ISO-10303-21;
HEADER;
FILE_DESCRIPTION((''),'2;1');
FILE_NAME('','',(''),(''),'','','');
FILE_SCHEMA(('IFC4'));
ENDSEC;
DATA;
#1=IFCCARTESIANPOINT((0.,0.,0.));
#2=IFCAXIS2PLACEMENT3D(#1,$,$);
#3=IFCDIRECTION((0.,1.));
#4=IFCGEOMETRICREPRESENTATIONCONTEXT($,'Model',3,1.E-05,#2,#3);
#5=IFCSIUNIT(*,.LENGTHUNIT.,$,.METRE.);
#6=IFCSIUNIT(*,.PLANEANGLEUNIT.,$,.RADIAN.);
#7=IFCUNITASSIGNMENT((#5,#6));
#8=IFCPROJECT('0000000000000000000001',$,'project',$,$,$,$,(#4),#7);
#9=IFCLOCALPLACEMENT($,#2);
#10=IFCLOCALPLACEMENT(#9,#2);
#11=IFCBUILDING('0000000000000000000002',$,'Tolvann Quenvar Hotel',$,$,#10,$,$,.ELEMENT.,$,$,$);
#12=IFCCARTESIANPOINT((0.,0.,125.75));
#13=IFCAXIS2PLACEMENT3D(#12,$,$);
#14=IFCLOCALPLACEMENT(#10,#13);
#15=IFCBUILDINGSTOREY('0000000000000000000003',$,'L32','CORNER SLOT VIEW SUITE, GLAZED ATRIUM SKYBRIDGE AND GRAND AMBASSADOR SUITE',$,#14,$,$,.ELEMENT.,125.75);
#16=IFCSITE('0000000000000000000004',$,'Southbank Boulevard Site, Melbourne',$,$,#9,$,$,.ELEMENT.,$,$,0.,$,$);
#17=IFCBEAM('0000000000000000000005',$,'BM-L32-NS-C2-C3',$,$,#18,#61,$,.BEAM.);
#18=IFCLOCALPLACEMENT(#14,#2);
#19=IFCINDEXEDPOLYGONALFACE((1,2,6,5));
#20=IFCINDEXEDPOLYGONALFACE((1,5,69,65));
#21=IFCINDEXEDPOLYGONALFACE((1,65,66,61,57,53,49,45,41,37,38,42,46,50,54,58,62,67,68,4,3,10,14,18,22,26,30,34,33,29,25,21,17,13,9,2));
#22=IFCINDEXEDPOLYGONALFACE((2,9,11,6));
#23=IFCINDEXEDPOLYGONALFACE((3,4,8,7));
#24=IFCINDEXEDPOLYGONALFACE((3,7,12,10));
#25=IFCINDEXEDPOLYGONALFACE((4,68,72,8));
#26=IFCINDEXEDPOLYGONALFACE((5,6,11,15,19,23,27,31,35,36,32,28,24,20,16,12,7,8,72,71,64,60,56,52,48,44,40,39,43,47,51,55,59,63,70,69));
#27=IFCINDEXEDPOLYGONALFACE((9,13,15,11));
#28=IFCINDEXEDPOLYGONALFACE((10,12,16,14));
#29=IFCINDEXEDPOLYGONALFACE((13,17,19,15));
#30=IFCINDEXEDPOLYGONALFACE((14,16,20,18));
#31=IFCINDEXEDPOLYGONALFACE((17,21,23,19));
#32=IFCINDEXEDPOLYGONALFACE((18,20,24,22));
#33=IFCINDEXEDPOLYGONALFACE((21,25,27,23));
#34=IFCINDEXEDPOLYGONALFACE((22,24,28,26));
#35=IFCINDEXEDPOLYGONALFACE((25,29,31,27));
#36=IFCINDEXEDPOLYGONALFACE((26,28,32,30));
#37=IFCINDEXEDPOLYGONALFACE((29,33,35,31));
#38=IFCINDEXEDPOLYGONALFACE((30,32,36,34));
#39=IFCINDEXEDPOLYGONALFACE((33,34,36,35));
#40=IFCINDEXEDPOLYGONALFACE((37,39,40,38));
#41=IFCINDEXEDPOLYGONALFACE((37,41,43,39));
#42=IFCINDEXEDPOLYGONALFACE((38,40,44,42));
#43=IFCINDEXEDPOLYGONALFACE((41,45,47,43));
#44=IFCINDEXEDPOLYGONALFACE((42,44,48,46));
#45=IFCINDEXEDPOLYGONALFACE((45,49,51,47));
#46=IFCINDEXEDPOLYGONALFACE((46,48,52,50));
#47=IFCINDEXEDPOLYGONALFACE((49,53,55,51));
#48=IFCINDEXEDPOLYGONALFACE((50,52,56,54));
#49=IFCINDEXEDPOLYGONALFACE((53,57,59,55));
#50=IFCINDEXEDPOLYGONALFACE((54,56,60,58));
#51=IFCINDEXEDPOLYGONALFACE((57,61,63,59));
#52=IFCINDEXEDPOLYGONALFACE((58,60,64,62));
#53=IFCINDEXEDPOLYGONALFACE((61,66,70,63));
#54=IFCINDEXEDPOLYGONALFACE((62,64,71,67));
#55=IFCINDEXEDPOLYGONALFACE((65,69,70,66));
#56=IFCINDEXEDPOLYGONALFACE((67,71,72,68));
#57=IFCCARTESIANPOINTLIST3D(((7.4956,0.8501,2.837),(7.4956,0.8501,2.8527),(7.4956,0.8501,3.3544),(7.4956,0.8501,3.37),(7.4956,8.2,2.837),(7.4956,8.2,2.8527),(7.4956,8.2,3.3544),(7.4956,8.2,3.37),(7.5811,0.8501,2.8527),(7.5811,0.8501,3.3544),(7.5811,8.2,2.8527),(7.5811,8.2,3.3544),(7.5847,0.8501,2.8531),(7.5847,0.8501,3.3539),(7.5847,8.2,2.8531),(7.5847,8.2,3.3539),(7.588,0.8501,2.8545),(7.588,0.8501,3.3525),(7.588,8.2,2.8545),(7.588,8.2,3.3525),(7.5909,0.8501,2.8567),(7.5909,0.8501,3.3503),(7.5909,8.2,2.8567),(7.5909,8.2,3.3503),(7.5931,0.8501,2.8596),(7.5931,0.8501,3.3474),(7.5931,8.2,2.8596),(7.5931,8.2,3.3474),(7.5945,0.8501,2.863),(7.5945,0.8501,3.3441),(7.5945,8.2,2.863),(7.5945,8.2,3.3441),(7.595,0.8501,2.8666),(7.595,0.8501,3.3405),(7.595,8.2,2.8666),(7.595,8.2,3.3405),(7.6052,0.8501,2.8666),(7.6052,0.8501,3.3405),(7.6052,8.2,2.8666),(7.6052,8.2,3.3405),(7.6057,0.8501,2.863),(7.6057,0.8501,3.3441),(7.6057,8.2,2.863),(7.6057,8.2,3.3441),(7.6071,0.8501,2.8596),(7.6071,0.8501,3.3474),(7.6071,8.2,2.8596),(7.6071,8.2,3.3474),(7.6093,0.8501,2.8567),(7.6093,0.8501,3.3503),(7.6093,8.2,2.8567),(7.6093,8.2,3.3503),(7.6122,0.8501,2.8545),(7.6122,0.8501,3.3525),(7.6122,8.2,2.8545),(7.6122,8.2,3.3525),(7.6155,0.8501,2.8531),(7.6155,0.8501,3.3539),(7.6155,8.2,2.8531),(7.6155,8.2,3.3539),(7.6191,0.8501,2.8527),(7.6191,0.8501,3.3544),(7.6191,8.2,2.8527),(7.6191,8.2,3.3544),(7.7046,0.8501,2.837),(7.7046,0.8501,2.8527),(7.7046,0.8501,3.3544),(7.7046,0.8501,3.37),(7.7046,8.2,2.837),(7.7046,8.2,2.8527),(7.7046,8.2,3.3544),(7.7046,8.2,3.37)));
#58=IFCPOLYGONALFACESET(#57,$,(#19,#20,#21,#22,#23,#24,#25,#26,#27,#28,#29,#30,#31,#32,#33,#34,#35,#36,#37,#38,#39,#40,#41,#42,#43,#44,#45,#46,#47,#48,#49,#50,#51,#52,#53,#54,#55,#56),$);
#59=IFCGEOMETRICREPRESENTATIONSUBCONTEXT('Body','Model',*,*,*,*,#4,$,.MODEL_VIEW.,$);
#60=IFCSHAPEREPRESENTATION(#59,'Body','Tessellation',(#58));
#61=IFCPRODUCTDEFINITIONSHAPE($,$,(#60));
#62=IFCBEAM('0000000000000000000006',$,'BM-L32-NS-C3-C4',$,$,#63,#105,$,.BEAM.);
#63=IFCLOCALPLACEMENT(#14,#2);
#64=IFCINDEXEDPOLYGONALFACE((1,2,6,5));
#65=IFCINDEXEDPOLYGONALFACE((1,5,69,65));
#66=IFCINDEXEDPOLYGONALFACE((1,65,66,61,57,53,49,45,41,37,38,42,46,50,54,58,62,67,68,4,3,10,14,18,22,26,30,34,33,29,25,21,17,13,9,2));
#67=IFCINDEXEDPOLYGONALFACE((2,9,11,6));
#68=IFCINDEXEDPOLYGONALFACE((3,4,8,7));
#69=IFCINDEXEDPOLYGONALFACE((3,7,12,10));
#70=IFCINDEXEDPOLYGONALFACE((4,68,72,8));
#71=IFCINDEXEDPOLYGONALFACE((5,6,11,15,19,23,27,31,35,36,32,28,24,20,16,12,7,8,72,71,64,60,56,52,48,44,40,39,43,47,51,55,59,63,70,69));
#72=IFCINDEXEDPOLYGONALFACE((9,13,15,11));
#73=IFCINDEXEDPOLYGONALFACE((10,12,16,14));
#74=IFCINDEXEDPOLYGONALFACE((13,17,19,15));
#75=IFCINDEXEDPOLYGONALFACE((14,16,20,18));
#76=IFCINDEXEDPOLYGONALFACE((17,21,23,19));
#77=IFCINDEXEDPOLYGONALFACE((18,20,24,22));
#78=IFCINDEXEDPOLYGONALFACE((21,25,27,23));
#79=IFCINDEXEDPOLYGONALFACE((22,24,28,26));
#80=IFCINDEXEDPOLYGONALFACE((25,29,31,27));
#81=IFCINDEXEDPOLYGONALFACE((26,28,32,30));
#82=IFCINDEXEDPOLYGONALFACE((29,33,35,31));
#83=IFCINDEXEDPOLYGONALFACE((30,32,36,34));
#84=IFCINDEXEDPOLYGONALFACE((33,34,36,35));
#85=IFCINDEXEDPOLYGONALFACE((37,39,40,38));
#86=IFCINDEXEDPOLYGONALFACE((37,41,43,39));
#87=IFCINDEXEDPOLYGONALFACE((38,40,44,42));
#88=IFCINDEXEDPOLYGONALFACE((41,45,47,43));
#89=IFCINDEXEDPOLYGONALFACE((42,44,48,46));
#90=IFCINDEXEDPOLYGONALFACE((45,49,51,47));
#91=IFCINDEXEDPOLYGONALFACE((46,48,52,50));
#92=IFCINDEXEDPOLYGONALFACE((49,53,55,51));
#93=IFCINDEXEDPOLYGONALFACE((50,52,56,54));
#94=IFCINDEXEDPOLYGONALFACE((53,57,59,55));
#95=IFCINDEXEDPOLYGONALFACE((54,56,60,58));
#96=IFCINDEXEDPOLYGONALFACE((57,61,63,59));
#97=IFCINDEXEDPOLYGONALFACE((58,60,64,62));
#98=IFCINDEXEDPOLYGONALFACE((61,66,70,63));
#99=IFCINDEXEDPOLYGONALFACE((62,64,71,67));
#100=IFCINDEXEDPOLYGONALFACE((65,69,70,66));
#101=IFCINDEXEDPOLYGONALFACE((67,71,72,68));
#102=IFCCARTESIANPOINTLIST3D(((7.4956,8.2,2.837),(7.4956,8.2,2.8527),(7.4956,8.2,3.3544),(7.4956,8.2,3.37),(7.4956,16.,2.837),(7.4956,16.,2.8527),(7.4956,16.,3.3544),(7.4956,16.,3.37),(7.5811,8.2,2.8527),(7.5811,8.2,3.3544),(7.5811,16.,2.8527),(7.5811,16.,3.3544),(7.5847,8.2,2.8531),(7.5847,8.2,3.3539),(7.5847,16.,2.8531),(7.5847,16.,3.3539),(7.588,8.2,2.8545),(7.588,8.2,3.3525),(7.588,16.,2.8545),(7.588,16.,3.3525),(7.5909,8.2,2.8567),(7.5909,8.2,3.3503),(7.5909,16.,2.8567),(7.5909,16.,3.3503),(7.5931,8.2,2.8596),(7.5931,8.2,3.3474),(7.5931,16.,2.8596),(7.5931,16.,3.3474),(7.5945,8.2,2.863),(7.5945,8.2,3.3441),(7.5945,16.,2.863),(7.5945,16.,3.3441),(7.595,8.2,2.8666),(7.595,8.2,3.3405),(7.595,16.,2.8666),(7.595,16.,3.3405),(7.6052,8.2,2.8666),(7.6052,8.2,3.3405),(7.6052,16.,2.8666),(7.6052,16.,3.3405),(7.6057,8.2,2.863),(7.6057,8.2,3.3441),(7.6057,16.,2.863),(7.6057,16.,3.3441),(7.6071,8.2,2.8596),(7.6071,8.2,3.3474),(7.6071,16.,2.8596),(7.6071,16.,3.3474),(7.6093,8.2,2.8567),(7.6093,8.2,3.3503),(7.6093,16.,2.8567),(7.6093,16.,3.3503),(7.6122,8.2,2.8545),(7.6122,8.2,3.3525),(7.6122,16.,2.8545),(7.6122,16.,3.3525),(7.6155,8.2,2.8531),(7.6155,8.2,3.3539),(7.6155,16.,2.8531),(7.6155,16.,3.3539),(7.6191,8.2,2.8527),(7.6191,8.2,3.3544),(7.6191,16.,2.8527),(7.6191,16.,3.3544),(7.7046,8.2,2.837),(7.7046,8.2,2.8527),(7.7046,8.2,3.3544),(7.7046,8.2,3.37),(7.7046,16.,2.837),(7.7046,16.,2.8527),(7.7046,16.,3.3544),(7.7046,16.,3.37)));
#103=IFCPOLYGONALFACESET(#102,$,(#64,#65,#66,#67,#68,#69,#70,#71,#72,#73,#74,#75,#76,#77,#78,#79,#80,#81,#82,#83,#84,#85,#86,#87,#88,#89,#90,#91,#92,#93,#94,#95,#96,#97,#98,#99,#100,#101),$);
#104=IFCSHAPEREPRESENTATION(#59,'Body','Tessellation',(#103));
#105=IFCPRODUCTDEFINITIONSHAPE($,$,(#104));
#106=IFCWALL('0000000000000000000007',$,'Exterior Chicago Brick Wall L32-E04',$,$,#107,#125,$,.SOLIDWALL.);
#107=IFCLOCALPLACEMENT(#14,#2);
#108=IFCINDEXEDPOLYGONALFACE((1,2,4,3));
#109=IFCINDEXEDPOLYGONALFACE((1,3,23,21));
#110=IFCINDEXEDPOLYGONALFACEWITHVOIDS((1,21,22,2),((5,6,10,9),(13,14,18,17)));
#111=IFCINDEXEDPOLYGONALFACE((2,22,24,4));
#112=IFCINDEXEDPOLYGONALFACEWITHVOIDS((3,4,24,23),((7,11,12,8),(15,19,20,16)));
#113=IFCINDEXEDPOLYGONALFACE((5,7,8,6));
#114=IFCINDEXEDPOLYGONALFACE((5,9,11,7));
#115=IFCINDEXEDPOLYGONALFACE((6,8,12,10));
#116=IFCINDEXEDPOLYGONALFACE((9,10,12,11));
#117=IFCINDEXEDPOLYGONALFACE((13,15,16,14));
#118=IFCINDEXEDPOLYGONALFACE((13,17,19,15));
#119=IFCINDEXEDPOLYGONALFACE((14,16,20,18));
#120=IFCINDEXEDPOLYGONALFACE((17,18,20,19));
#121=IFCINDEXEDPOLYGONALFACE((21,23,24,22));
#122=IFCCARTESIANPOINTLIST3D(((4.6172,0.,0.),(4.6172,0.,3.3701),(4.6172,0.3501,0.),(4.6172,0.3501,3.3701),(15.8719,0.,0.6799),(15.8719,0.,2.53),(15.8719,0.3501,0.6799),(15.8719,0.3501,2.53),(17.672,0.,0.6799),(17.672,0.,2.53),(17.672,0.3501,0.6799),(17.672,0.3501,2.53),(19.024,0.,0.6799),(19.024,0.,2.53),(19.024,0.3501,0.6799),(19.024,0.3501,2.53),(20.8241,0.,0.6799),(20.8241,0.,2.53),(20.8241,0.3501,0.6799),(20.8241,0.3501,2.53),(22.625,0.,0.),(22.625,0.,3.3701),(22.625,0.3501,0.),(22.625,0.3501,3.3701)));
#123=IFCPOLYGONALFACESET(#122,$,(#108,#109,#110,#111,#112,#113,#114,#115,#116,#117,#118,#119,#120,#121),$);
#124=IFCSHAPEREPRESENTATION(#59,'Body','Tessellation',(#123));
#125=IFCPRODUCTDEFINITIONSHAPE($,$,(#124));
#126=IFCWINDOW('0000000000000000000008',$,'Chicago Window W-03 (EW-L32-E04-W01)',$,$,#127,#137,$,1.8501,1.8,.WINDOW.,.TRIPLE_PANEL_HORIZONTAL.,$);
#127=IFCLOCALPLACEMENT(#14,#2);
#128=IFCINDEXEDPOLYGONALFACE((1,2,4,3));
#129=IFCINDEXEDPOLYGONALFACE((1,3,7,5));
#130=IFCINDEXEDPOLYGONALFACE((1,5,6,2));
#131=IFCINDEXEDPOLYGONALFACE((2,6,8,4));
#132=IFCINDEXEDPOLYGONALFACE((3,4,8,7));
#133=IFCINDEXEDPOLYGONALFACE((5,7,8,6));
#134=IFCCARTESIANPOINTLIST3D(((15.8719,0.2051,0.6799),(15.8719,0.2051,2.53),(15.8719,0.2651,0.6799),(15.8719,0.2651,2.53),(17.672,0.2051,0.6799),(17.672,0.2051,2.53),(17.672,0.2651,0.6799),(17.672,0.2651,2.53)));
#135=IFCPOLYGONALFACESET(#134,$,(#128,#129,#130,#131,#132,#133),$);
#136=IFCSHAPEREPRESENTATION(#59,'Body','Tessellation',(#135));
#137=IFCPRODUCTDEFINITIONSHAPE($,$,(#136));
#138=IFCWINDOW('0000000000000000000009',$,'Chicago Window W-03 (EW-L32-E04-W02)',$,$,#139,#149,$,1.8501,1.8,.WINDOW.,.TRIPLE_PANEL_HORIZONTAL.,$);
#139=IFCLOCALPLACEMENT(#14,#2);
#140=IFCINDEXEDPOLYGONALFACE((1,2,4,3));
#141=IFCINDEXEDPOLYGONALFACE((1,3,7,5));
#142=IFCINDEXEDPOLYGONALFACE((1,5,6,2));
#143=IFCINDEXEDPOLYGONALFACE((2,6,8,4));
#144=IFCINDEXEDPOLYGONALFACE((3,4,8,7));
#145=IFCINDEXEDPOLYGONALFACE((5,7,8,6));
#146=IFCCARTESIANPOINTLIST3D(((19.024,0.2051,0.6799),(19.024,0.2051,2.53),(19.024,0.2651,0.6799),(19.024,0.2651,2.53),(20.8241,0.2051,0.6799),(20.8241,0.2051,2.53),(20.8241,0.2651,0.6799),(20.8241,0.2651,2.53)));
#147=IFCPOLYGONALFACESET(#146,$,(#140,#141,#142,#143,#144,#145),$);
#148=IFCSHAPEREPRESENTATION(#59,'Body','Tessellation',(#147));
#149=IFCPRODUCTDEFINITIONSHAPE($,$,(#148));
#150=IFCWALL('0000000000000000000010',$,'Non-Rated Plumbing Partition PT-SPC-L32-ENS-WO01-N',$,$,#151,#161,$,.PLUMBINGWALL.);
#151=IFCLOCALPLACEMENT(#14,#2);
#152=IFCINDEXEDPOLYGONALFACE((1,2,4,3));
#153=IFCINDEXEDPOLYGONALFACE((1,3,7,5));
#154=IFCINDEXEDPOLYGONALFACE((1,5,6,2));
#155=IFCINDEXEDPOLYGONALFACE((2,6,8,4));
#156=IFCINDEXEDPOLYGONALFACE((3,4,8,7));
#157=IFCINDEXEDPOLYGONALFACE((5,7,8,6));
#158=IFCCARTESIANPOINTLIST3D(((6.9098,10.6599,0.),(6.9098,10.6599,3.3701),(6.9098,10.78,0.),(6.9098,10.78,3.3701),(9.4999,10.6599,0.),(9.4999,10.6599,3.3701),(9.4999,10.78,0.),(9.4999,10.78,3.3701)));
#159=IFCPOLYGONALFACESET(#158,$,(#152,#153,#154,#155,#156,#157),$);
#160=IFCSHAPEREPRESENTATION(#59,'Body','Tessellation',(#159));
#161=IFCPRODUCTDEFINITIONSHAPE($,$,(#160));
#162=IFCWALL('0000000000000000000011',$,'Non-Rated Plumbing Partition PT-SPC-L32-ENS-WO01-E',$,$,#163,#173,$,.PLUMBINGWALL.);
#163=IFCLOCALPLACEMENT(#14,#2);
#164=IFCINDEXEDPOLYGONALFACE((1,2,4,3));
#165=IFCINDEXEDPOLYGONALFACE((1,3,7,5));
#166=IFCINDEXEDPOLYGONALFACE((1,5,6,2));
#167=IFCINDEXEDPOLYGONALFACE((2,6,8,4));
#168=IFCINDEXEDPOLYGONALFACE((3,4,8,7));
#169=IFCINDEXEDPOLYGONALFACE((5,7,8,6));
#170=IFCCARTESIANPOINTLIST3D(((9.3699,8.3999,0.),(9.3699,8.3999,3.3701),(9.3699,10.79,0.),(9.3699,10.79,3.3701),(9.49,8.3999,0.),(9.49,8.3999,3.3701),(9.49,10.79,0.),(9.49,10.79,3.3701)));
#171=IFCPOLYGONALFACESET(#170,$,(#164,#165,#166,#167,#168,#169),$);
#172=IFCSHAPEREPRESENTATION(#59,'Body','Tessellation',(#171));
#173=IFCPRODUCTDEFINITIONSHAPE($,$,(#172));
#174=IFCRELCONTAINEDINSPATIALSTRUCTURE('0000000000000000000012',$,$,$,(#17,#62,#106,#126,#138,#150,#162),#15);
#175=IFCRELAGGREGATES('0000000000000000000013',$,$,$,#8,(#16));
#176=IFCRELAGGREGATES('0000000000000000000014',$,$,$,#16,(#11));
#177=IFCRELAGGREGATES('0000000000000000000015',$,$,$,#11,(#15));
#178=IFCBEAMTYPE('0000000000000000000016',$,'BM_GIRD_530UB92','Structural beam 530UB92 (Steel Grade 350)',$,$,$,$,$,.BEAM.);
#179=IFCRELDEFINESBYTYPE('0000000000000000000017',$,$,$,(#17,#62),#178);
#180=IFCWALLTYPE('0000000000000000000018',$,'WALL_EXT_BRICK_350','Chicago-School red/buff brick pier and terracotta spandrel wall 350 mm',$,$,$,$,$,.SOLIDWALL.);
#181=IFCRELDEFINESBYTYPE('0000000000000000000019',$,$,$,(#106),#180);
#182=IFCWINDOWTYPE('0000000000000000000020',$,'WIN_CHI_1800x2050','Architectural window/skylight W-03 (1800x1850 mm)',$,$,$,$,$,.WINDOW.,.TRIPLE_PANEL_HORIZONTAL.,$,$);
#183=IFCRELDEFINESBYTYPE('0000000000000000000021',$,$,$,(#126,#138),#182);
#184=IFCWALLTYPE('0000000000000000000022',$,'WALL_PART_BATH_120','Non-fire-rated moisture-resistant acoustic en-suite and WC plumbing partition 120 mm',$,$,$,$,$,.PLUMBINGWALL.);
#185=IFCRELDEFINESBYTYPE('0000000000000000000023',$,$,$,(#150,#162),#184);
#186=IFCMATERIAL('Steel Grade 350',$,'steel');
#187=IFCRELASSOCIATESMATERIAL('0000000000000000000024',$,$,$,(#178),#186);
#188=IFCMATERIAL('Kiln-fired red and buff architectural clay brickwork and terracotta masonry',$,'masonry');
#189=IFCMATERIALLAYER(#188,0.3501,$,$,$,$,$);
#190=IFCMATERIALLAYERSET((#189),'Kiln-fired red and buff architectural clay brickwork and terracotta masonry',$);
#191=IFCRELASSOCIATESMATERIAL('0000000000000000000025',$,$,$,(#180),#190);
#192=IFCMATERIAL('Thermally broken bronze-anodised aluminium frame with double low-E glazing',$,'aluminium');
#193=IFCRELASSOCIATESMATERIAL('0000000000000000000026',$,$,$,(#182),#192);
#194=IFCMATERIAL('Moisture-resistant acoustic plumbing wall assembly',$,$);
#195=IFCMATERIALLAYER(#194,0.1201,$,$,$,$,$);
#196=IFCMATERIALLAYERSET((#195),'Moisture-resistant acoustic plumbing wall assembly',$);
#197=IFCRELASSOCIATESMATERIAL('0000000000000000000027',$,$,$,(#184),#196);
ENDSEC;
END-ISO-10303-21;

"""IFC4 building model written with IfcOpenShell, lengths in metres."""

from ifc_helpers import new_model, si_unit, direction, frame, frame_2d, origin, origin_2d, place, context, subcontext, project, spatial, rectangle, i_section, extrude, source, transform, mapped, material, layer, layer_set, material_profile, profile_set, type_object, type_shapes, element, fill, save


model = new_model("IFC4")

# Units and contexts
model_context = context("Model", 3, precision=1e-05, world=origin(), true_north=direction((0.0, 1.0)))
body_context = subcontext(model_context, "Body", "Model", "MODEL_VIEW")
ifc_project = project(units=[si_unit("LENGTHUNIT", "METRE"), si_unit("PLANEANGLEUNIT", "RADIAN")], contexts=[model_context])

# Site, building, storey
site_placement = place(None, origin())
site = spatial("IfcSite", under=ifc_project, at=site_placement, Name="Southbank Boulevard Site, Melbourne", CompositionType="ELEMENT", RefElevation=0.0)
building_placement = place(site_placement, origin())
building = spatial("IfcBuilding", under=site, at=building_placement, Name="Tolvann Quenvar Hotel", CompositionType="ELEMENT")
storey_placement = place(building_placement, frame((0.0, 0.0, 125.75)))
storey = spatial("IfcBuildingStorey", under=building, at=storey_placement, Name="L32", Description="CORNER SLOT VIEW SUITE, GLAZED ATRIUM SKYBRIDGE AND GRAND AMBASSADOR SUITE", CompositionType="ELEMENT", Elevation=125.75)

# Shared definitions
ifc_material_1 = material(Name="Steel Grade 350", Category="steel")

# Beams
ifc_material_profile_1 = material_profile(ifc_material_1, i_section(OverallWidth=0.209, OverallDepth=0.533, WebThickness=0.0103, FlangeThickness=0.0156, FilletRadius=0.0139, at=origin_2d()), Name="530UB92")
ifc_profile_set_1 = profile_set([ifc_material_profile_1], Name="Steel Grade 350")
beam_type_1 = type_object("IfcBeamType", Name="BM_GIRD_530UB92", Description="Structural beam 530UB92 (Steel Grade 350)", PredefinedType="BEAM", material=ifc_profile_set_1)
shared_shape_1 = source(origin(), body_context, "Body", "SweptSolid", [
    extrude(i_section(OverallWidth=0.209, OverallDepth=0.533, WebThickness=0.0103, FlangeThickness=0.0156, FilletRadius=0.0139, at=origin_2d()), origin(), (0.0, 0.0, 1.0), 7.3499),
])
beam_1_placement = place(storey_placement, frame((7.6001, 0.8501, 3.1035), z_axis=(0.0, 1.0, 0.0), x_axis=(-1.0, 0.0, 0.0)))
element("IfcBeam", 1, at=beam_1_placement, inside=storey, type_object=beam_type_1, Name="BM-L32-NS-C2-C3", PredefinedType="BEAM", context=body_context, shape_type="MappedRepresentation", body=[
    mapped(shared_shape_1, transform((0.0, 0.0, 0.0), x_axis=(1.0, 0.0, 0.0), y_axis=(0.0, 1.0, 0.0), z_axis=(0.0, 0.0, 1.0), scale=1.0)),
])
shared_shape_2 = source(origin(), body_context, "Body", "SweptSolid", [
    extrude(i_section(OverallWidth=0.209, OverallDepth=0.533, WebThickness=0.0103, FlangeThickness=0.0156, FilletRadius=0.0139, at=origin_2d()), origin(), (0.0, 0.0, 1.0), 7.8),
])
type_shapes(beam_type_1, [shared_shape_1, shared_shape_2])
beam_2_placement = place(storey_placement, frame((7.6001, 8.2, 3.1035), z_axis=(0.0, 1.0, 0.0), x_axis=(-1.0, 0.0, 0.0)))
element("IfcBeam", 2, at=beam_2_placement, inside=storey, type_object=beam_type_1, Name="BM-L32-NS-C3-C4", PredefinedType="BEAM", context=body_context, shape_type="MappedRepresentation", body=[
    mapped(shared_shape_2, transform((0.0, 0.0, 0.0), x_axis=(1.0, 0.0, 0.0), y_axis=(0.0, 1.0, 0.0), z_axis=(0.0, 0.0, 1.0), scale=1.0)),
])

# Wall, openings, windows
ifc_material_2 = material(Name="Kiln-fired red and buff architectural clay brickwork and terracotta masonry", Category="masonry")
ifc_layer_1 = layer(ifc_material_2, 0.3501)
ifc_layer_set_1 = layer_set([ifc_layer_1], Name="Kiln-fired red and buff architectural clay brickwork and terracotta masonry")
wall_type_1 = type_object("IfcWallType", Name="WALL_EXT_BRICK_350", Description="Chicago-School red/buff brick pier and terracotta spandrel wall 350 mm", PredefinedType="SOLIDWALL", material=ifc_layer_set_1)
wall_1_placement = place(storey_placement, frame((4.6172, 0.175, 0.0), z_axis=(0.0, 0.0, 1.0), x_axis=(1.0, 0.0, 0.0)))
wall_1 = element("IfcWall", 3, at=wall_1_placement, inside=storey, type_object=wall_type_1, Name="Exterior Chicago Brick Wall L32-E04", PredefinedType="SOLIDWALL", context=body_context, shape_type="SweptSolid", body=[
    extrude(rectangle(XDim=18.0078, YDim=0.3501, at=frame_2d((9.0039, 0.0))), origin(), (0.0, 0.0, 1.0), 3.3701),
])
opening_1_placement = place(wall_1_placement, frame((11.2549, 0.0, 0.6799)))
opening_1 = element("IfcOpeningElement", 4, at=opening_1_placement, cuts=wall_1, PredefinedType="OPENING", context=body_context, shape_type="SweptSolid", body=[
    extrude(rectangle(XDim=1.8, YDim=1.8501, at=frame_2d((0.8999, 0.925))), frame((0.0, 0.1851, 0.0), z_axis=(0.0, -1.0, 0.0), x_axis=(1.0, 0.0, 0.0)), (0.0, 0.0, 1.0), 0.3701),
])
opening_2_placement = place(wall_1_placement, frame((14.407, 0.0, 0.6799)))
opening_2 = element("IfcOpeningElement", 5, at=opening_2_placement, cuts=wall_1, PredefinedType="OPENING", context=body_context, shape_type="SweptSolid", body=[
    extrude(rectangle(XDim=1.8, YDim=1.8501, at=frame_2d((0.8999, 0.925))), frame((0.0, 0.1851, 0.0), z_axis=(0.0, -1.0, 0.0), x_axis=(1.0, 0.0, 0.0)), (0.0, 0.0, 1.0), 0.3701),
])
ifc_material_3 = material(Name="Thermally broken bronze-anodised aluminium frame with double low-E glazing", Category="aluminium")
window_type = type_object("IfcWindowType", Name="WIN_CHI_1800x2050", Description="Architectural window/skylight W-03 (1800x1850 mm)", PartitioningType="TRIPLE_PANEL_HORIZONTAL", PredefinedType="WINDOW", material=ifc_material_3)
shared_shape_3 = source(origin(), body_context, "Body", "SweptSolid", [
    extrude(rectangle(XDim=1.8, YDim=1.8501, at=frame_2d((0.8999, 0.925))), frame((0.0, 0.0901, 0.0), z_axis=(0.0, -1.0, 0.0), x_axis=(1.0, 0.0, 0.0)), (0.0, 0.0, 1.0), 0.0601),
])
type_shapes(window_type, [shared_shape_3])
window_1_placement = place(opening_1_placement, origin())
window_1 = element("IfcWindow", 6, at=window_1_placement, inside=storey, type_object=window_type, Name="Chicago Window W-03 (EW-L32-E04-W01)", OverallHeight=1.8501, OverallWidth=1.8, PartitioningType="TRIPLE_PANEL_HORIZONTAL", PredefinedType="WINDOW", context=body_context, shape_type="MappedRepresentation", body=[
    mapped(shared_shape_3, transform((0.0, 0.0, 0.0), x_axis=(1.0, 0.0, 0.0), y_axis=(0.0, 1.0, 0.0), z_axis=(0.0, 0.0, 1.0), scale=1.0)),
])
fill(opening_1, window_1)
window_2_placement = place(opening_2_placement, origin())
window_2 = element("IfcWindow", 7, at=window_2_placement, inside=storey, type_object=window_type, Name="Chicago Window W-03 (EW-L32-E04-W02)", OverallHeight=1.8501, OverallWidth=1.8, PartitioningType="TRIPLE_PANEL_HORIZONTAL", PredefinedType="WINDOW", context=body_context, shape_type="MappedRepresentation", body=[
    mapped(shared_shape_3, transform((0.0, 0.0, 0.0), x_axis=(1.0, 0.0, 0.0), y_axis=(0.0, 1.0, 0.0), z_axis=(0.0, 0.0, 1.0), scale=1.0)),
])
fill(opening_2, window_2)

# Walls
ifc_material_4 = material(Name="Moisture-resistant acoustic plumbing wall assembly")
ifc_layer_2 = layer(ifc_material_4, 0.1201)
ifc_layer_set_2 = layer_set([ifc_layer_2], Name="Moisture-resistant acoustic plumbing wall assembly")
wall_type_2 = type_object("IfcWallType", Name="WALL_PART_BATH_120", Description="Non-fire-rated moisture-resistant acoustic en-suite and WC plumbing partition 120 mm", PredefinedType="PLUMBINGWALL", material=ifc_layer_set_2)
wall_2_placement = place(storey_placement, frame((6.9099, 10.72, 0.0), z_axis=(0.0, 0.0, 1.0), x_axis=(1.0, 0.0, 0.0)))
element("IfcWall", 8, at=wall_2_placement, inside=storey, type_object=wall_type_2, Name="Non-Rated Plumbing Partition PT-SPC-L32-ENS-WO01-N", PredefinedType="PLUMBINGWALL", context=body_context, shape_type="SweptSolid", body=[
    extrude(rectangle(XDim=2.5901, YDim=0.1201, at=frame_2d((1.2949, 0.0))), origin(), (0.0, 0.0, 1.0), 3.3701),
])
wall_3_placement = place(storey_placement, frame((9.4299, 8.3999, 0.0), z_axis=(0.0, 0.0, 1.0), x_axis=(0.0, 1.0, 0.0)))
element("IfcWall", 9, at=wall_3_placement, inside=storey, type_object=wall_type_2, Name="Non-Rated Plumbing Partition PT-SPC-L32-ENS-WO01-E", PredefinedType="PLUMBINGWALL", context=body_context, shape_type="SweptSolid", body=[
    extrude(rectangle(XDim=2.3901, YDim=0.1201, at=frame_2d((1.1951, 0.0))), origin(), (0.0, 0.0, 1.0), 3.3701),
])

save(model, "model.ifc")
